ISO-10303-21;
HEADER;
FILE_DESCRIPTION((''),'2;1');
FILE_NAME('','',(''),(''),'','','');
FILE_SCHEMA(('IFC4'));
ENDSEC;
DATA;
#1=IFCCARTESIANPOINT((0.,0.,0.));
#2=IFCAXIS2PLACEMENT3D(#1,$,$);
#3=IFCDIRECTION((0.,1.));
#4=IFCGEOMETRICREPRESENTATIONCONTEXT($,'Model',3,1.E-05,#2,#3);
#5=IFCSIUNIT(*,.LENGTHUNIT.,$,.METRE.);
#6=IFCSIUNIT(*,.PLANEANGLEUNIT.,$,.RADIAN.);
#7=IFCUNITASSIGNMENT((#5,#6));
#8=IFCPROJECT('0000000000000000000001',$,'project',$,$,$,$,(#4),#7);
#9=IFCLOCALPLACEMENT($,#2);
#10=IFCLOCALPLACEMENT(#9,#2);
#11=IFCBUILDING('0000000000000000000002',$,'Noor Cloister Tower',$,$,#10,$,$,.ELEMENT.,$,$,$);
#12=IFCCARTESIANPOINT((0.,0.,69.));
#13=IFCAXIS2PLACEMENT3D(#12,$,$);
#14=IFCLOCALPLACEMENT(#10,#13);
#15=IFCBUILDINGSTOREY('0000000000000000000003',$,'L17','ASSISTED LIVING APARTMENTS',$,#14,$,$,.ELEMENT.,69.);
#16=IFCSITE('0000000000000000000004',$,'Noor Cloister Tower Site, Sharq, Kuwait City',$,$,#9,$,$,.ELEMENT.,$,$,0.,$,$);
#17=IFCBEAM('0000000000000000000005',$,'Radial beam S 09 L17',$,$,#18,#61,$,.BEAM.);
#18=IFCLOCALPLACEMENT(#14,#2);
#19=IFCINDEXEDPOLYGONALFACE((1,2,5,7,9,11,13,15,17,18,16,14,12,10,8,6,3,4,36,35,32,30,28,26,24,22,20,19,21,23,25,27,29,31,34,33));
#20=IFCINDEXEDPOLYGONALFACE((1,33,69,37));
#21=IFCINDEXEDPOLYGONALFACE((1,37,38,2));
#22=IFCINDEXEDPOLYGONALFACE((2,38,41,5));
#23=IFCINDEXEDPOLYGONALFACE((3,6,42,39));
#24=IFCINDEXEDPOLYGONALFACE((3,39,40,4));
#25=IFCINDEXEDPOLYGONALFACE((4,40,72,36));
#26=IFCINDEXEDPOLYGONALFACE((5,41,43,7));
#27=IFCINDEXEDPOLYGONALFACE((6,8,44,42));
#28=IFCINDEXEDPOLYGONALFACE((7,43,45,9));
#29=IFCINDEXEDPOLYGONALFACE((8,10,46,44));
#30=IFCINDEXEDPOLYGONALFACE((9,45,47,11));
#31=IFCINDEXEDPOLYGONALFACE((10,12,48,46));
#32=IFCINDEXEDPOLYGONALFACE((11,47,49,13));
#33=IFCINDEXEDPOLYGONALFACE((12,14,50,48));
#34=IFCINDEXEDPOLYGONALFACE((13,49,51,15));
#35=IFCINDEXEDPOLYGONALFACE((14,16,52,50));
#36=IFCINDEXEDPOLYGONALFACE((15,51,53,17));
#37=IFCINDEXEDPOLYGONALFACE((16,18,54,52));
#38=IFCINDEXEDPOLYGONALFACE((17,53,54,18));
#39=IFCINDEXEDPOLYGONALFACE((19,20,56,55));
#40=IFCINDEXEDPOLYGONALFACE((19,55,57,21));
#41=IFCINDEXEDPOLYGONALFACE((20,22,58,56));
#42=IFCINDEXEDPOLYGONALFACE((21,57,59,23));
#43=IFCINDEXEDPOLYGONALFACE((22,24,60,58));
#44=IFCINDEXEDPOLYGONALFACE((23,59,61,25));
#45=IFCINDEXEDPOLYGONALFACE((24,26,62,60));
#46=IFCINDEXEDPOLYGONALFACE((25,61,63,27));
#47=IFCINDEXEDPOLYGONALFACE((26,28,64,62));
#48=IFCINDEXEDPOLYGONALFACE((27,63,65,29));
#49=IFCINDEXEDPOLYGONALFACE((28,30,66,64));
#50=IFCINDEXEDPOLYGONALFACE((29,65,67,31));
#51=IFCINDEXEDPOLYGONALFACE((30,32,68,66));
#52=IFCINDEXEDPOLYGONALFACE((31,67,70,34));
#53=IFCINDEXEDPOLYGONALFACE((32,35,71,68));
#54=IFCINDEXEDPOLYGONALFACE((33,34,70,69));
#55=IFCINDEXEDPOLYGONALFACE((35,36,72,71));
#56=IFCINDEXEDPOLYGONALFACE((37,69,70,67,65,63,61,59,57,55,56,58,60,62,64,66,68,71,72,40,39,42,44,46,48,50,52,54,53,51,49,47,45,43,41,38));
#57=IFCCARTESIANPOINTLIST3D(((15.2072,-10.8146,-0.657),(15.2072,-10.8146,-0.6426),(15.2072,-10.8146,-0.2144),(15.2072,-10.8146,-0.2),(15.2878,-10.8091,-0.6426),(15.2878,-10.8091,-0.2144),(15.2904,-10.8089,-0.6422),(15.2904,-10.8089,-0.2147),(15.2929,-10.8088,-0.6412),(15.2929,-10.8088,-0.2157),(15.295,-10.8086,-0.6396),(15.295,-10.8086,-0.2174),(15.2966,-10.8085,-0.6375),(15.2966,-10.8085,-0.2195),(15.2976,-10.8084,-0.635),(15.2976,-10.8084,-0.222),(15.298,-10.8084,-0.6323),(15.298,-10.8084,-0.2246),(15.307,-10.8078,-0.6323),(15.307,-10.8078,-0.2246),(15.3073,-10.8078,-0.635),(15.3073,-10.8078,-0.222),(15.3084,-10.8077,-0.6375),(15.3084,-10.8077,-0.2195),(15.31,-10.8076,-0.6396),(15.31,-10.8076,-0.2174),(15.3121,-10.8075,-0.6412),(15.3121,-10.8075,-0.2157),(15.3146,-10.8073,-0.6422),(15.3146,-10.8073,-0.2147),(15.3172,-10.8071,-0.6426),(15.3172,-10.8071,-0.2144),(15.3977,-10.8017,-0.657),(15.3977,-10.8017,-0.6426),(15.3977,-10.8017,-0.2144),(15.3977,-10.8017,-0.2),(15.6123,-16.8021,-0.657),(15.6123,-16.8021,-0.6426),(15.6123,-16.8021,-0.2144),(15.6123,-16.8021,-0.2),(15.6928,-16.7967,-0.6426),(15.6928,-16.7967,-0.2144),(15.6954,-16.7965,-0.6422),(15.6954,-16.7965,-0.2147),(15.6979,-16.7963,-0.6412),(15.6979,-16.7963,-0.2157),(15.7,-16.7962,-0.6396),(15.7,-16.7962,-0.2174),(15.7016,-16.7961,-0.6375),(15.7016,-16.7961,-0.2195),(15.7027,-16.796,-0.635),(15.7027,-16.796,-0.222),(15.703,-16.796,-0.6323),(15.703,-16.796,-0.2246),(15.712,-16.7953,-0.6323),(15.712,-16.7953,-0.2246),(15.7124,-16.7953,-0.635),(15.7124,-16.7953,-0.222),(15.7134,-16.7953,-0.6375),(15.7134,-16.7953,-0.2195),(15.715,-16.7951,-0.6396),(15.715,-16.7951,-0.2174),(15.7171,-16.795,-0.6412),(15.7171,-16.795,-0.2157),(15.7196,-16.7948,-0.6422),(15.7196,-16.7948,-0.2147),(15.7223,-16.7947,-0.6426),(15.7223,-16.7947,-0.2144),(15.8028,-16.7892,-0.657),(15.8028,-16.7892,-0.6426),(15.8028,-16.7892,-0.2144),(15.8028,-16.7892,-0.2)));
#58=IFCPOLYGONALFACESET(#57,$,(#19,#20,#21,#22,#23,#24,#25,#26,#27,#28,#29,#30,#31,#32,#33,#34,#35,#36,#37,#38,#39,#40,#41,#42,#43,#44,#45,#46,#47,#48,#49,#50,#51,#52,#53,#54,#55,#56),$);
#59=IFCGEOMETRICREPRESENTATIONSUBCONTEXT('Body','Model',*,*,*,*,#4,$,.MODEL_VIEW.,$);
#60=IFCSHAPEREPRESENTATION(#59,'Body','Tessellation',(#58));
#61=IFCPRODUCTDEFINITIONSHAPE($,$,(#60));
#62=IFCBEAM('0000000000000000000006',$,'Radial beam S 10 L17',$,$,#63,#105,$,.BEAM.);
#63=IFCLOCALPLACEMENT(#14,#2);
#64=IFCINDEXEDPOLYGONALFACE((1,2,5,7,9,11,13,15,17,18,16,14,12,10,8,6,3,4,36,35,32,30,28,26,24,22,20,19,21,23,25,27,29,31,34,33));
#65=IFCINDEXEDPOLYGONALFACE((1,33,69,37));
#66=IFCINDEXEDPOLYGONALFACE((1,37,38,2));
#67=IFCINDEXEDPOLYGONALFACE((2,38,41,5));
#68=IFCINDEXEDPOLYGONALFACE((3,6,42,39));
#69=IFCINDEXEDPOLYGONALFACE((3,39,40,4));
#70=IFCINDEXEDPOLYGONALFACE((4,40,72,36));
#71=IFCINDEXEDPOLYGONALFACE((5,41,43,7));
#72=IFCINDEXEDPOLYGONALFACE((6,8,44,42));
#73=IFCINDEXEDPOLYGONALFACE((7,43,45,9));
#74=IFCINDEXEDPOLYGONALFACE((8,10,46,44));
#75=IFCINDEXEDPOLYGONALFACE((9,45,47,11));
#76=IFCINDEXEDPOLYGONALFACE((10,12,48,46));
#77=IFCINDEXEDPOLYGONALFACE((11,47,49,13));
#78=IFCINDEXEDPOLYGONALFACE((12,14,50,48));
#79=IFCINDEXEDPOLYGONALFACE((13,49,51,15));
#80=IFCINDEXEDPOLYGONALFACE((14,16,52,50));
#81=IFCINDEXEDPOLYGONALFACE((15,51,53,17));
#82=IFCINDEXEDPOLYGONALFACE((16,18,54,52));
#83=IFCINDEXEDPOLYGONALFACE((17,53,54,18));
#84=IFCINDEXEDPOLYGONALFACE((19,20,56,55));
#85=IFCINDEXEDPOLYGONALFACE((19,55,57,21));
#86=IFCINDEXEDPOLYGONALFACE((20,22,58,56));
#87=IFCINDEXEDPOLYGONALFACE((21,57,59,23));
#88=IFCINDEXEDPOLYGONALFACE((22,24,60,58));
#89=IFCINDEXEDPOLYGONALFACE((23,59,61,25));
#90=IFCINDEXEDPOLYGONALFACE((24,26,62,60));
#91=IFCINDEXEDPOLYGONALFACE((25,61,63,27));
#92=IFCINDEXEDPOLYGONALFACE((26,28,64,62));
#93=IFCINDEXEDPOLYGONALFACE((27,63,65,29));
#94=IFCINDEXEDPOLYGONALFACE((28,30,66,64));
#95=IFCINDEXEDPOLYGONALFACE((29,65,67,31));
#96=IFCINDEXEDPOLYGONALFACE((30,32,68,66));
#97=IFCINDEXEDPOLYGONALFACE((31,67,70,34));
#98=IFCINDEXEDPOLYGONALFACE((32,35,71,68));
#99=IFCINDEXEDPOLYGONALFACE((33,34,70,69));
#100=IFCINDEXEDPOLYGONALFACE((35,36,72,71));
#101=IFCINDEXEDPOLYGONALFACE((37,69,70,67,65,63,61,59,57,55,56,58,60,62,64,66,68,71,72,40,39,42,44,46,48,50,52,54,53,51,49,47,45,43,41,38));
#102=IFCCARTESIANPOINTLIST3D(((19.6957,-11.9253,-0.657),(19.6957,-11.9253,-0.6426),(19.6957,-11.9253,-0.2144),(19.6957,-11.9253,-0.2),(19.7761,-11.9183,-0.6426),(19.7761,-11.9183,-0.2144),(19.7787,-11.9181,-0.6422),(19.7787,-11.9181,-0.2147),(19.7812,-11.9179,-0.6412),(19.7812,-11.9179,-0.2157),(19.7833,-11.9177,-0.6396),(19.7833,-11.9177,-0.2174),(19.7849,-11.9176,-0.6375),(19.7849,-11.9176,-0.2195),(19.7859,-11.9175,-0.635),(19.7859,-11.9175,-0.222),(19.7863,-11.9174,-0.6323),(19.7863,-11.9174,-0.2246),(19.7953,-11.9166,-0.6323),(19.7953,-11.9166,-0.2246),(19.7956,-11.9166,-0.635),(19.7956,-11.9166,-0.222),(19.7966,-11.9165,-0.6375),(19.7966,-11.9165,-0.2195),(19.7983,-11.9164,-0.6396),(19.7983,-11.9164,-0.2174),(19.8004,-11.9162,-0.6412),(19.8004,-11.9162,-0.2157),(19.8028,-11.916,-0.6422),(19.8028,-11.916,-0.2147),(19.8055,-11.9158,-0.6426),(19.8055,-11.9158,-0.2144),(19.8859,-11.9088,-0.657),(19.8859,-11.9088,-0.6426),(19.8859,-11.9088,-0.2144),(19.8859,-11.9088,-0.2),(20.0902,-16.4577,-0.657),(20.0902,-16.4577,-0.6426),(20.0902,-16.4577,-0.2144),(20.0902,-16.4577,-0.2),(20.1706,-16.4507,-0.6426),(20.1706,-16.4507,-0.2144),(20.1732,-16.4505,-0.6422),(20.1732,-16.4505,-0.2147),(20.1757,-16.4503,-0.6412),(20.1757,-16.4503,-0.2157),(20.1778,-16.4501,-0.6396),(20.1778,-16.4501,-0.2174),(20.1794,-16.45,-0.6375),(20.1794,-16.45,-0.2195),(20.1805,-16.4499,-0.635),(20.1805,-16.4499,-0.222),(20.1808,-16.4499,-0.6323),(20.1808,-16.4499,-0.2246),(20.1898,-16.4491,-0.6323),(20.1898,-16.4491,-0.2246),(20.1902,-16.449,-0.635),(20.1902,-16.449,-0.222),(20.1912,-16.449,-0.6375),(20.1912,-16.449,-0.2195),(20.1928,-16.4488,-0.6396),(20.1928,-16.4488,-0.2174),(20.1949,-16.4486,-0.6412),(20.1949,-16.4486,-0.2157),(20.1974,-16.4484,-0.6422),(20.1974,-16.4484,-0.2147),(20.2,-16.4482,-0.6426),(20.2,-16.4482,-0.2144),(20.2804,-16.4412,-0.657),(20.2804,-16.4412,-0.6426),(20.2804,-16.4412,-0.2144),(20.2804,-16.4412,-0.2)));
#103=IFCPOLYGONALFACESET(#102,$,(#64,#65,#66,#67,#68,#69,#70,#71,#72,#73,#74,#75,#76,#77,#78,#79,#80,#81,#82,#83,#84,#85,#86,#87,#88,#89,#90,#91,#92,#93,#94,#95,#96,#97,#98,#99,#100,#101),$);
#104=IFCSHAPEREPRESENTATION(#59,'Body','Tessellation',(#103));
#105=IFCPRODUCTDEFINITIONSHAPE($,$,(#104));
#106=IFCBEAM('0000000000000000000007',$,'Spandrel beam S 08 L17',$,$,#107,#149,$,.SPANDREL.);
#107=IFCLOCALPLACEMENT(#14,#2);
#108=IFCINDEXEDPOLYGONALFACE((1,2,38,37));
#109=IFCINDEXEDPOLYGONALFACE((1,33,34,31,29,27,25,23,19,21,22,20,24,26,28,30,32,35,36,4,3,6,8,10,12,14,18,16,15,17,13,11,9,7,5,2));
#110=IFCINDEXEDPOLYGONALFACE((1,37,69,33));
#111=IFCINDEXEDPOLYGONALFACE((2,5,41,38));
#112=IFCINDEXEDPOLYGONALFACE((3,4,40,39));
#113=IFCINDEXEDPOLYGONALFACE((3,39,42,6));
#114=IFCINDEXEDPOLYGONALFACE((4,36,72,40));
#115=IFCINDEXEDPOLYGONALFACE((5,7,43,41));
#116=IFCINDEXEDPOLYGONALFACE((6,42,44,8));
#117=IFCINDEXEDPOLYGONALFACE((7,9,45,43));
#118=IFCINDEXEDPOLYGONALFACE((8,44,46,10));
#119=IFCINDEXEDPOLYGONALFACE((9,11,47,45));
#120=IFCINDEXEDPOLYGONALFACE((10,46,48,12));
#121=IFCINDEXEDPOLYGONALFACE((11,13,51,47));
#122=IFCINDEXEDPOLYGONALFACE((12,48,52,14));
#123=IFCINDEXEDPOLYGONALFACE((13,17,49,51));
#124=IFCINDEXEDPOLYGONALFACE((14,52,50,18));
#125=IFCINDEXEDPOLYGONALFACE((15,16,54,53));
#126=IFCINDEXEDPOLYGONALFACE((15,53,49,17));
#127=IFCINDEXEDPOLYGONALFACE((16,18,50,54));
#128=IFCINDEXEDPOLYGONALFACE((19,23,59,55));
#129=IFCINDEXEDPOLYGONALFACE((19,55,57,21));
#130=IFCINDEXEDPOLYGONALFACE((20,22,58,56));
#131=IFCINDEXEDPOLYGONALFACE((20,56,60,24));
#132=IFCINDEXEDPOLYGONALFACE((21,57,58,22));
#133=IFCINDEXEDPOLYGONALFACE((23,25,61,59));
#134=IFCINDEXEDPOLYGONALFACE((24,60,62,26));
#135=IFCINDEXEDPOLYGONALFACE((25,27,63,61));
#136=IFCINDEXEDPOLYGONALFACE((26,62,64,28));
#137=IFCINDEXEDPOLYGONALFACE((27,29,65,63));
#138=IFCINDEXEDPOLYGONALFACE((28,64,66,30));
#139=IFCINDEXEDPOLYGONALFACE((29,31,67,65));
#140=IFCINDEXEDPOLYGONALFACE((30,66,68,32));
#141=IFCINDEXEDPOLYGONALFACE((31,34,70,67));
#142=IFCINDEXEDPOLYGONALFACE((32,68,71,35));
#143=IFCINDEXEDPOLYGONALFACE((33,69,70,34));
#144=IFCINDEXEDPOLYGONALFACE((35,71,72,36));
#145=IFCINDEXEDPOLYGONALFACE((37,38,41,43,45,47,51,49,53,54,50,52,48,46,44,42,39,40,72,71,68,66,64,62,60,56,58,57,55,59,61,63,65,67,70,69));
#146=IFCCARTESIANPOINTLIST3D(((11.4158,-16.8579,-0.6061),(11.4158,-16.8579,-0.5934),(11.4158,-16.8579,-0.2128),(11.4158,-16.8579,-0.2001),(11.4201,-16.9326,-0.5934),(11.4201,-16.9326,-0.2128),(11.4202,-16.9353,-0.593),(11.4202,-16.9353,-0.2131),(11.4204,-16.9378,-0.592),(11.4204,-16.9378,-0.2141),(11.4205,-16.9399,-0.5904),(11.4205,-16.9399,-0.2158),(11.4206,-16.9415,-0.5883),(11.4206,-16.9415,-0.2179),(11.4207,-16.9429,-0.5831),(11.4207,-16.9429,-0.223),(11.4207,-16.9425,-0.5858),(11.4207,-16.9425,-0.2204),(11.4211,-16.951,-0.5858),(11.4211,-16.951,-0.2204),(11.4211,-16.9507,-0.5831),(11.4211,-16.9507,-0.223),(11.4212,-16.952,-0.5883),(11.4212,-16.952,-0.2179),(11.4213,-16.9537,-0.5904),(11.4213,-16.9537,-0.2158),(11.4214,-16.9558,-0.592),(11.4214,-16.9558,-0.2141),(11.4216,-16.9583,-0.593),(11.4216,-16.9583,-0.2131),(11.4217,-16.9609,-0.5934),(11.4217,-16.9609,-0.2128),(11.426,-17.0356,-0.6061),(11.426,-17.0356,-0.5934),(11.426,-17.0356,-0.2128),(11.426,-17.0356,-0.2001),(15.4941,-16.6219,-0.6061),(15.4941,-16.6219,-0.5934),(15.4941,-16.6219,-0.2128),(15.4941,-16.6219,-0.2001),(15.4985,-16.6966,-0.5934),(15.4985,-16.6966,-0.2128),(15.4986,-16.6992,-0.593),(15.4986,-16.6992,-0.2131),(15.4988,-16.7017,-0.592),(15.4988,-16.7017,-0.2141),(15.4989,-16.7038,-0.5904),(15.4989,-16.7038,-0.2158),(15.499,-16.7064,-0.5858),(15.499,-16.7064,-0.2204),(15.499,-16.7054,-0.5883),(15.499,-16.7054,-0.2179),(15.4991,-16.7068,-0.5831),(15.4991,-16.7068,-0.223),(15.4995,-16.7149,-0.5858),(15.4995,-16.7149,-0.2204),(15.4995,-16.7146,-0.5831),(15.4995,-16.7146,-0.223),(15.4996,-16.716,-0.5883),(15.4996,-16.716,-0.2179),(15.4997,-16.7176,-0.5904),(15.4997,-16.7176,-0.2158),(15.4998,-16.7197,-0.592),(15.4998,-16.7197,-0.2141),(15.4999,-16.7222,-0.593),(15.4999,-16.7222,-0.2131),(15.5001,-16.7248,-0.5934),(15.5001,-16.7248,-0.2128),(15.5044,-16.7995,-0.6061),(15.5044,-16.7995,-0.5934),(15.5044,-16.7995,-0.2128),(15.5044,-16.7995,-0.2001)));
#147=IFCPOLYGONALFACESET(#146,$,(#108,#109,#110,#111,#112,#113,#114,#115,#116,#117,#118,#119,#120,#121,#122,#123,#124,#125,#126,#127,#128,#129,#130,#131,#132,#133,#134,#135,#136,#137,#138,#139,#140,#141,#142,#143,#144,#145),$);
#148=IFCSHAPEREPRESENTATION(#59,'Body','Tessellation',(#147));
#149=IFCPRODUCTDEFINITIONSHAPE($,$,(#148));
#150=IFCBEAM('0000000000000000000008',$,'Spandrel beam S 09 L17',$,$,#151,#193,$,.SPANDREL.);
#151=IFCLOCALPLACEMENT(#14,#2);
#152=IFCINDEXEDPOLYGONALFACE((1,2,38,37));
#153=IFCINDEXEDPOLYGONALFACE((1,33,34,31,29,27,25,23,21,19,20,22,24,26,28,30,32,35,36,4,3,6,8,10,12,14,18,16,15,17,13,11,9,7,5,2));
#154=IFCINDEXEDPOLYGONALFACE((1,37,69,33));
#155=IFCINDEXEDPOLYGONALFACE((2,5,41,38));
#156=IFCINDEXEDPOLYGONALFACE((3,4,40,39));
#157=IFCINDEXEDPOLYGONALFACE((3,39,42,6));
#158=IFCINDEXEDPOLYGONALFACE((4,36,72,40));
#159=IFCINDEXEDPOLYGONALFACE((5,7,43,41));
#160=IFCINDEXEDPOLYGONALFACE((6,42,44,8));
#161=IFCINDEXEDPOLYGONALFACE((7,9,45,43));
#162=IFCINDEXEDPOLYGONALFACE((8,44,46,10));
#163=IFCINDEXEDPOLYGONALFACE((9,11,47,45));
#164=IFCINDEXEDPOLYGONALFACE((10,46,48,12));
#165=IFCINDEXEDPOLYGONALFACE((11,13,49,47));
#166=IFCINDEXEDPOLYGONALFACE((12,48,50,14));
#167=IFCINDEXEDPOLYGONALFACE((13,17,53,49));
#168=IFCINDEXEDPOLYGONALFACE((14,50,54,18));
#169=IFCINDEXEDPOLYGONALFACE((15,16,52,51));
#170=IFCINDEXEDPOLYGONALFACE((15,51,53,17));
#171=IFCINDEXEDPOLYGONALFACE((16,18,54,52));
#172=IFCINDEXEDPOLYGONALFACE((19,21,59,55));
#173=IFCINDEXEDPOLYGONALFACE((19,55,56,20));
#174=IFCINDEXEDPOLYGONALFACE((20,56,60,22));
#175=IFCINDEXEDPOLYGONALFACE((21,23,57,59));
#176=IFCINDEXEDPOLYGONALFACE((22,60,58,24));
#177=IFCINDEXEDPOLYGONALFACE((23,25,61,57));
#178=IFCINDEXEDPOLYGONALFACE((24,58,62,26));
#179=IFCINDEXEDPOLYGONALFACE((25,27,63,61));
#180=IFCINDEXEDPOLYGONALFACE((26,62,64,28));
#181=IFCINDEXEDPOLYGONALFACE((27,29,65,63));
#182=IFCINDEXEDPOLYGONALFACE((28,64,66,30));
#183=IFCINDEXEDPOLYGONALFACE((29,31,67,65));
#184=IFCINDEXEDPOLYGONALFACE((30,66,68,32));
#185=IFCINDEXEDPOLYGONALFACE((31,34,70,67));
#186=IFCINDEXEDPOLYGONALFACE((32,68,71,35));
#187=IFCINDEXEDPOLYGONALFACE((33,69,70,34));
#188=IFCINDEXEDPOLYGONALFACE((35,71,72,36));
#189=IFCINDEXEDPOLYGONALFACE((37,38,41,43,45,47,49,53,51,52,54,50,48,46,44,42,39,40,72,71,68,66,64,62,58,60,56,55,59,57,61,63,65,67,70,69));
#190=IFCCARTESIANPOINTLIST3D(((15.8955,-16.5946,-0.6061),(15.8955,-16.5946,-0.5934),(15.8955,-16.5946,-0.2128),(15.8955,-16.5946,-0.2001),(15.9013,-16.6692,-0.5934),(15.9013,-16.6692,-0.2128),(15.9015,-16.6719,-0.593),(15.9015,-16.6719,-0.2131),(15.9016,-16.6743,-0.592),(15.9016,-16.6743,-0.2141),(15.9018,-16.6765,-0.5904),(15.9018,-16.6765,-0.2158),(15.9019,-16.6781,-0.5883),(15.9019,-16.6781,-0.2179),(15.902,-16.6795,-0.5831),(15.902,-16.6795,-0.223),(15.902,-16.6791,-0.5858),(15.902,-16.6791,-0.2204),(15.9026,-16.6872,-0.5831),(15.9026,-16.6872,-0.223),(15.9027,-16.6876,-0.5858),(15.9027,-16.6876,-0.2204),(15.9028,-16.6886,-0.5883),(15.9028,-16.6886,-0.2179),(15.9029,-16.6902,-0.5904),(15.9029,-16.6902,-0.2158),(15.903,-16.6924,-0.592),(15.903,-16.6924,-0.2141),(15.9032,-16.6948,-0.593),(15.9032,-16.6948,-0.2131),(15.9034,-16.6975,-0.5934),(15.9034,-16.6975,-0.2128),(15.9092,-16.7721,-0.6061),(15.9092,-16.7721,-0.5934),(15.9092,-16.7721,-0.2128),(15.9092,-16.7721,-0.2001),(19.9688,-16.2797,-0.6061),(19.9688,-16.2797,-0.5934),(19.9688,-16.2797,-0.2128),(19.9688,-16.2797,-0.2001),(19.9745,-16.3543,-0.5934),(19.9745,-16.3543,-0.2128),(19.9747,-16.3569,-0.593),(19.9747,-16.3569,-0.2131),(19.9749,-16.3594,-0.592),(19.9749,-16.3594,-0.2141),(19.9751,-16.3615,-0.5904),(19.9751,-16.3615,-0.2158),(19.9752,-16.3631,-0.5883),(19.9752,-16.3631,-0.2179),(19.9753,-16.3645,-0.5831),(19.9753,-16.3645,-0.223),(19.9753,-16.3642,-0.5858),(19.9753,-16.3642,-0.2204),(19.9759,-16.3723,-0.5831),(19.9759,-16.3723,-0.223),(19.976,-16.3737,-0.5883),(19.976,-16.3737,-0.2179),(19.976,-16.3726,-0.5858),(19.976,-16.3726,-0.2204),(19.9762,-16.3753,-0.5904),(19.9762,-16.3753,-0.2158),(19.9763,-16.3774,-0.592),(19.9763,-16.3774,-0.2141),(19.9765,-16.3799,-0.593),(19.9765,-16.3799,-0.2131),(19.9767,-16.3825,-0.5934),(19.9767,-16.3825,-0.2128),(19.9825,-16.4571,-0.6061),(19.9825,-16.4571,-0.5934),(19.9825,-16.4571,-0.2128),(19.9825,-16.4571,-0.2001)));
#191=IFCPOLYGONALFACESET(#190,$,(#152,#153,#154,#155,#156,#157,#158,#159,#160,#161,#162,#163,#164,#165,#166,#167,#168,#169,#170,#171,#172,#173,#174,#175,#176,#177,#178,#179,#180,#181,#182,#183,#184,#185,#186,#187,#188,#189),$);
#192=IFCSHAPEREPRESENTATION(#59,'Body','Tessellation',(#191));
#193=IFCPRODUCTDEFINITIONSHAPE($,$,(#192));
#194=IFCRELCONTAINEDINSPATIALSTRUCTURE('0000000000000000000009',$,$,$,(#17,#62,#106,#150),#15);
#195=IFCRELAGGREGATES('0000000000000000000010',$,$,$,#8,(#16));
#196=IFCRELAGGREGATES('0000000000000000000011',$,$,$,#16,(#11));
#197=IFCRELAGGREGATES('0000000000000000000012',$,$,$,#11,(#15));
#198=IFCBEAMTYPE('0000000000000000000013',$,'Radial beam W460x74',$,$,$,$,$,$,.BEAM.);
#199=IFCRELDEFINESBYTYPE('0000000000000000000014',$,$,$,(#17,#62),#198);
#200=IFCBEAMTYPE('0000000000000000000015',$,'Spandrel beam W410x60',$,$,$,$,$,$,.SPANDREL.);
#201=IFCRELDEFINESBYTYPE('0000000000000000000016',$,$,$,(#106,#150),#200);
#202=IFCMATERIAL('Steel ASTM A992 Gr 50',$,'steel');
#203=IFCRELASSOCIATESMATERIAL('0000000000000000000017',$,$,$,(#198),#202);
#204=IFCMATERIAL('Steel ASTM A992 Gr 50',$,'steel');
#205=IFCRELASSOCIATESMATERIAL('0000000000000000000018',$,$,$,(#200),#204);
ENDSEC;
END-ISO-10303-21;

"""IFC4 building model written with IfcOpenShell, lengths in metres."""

from ifc_helpers import new_model, si_unit, direction, frame, origin, origin_2d, place, context, subcontext, project, spatial, i_section, extrude, material, material_profile, profile_set, type_object, element, save


model = new_model("IFC4")

# Units and contexts
model_context = context("Model", 3, precision=1e-05, world=origin(), true_north=direction((0.0, 1.0)))
body_context = subcontext(model_context, "Body", "Model", "MODEL_VIEW")
ifc_project = project(units=[si_unit("LENGTHUNIT", "METRE"), si_unit("PLANEANGLEUNIT", "RADIAN")], contexts=[model_context])

# Site, building, storey
site_placement = place(None, origin())
site = spatial("IfcSite", under=ifc_project, at=site_placement, Name="Noor Cloister Tower Site, Sharq, Kuwait City", CompositionType="ELEMENT", RefElevation=0.0)
building_placement = place(site_placement, origin())
building = spatial("IfcBuilding", under=site, at=building_placement, Name="Noor Cloister Tower", CompositionType="ELEMENT")
storey_placement = place(building_placement, frame((0.0, 0.0, 69.0)))
storey = spatial("IfcBuildingStorey", under=building, at=storey_placement, Name="L17", Description="ASSISTED LIVING APARTMENTS", CompositionType="ELEMENT", Elevation=69.0)

# Beams
ifc_material_1 = material(Name="Steel ASTM A992 Gr 50", Category="steel")
ifc_material_profile_1 = material_profile(ifc_material_1, i_section(OverallWidth=0.1909, OverallDepth=0.457, WebThickness=0.009, FlangeThickness=0.0144, FilletRadius=0.0103, at=origin_2d()), Name="W460x74")
ifc_profile_set_1 = profile_set([ifc_material_profile_1], Name="Steel ASTM A992 Gr 50")
beam_type_1 = type_object("IfcBeamType", Name="Radial beam W460x74", PredefinedType="BEAM", material=ifc_profile_set_1)
beam_1_placement = place(storey_placement, frame((15.7075, -16.7957, -0.4285), z_axis=(-0.067491, 0.99772, 0.0), x_axis=(-0.99772, -0.067491, 0.0)))
element("IfcBeam", 1, at=beam_1_placement, inside=storey, type_object=beam_type_1, Name="Radial beam S 09 L17", PredefinedType="BEAM", context=body_context, shape_type="SweptSolid", body=[
    extrude(i_section(OverallWidth=0.1909, OverallDepth=0.457, WebThickness=0.009, FlangeThickness=0.0144, FilletRadius=0.0103, at=origin_2d()), origin(), (0.0, 0.0, 1.0), 6.0012),
])
beam_2_placement = place(storey_placement, frame((20.1853, -16.4495, -0.4285), z_axis=(-0.086718, 0.996233, 0.0), x_axis=(-0.996233, -0.086718, 0.0)))
element("IfcBeam", 2, at=beam_2_placement, inside=storey, type_object=beam_type_1, Name="Radial beam S 10 L17", PredefinedType="BEAM", context=body_context, shape_type="SweptSolid", body=[
    extrude(i_section(OverallWidth=0.1909, OverallDepth=0.457, WebThickness=0.009, FlangeThickness=0.0144, FilletRadius=0.0103, at=origin_2d()), origin(), (0.0, 0.0, 1.0), 4.5496),
])
ifc_material_2 = material(Name="Steel ASTM A992 Gr 50", Category="steel")
ifc_material_profile_2 = material_profile(ifc_material_2, i_section(OverallWidth=0.178, OverallDepth=0.406, WebThickness=0.0078, FlangeThickness=0.0127, FilletRadius=0.0103, at=origin_2d()), Name="W410x60")
ifc_profile_set_2 = profile_set([ifc_material_profile_2], Name="Steel ASTM A992 Gr 50")
beam_type_2 = type_object("IfcBeamType", Name="Spandrel beam W410x60", PredefinedType="SPANDREL", material=ifc_profile_set_2)
beam_3_placement = place(storey_placement, frame((11.4209, -16.9468, -0.4031), z_axis=(0.998329, 0.05779, 0.0), x_axis=(-0.05779, 0.998329, 0.0)))
element("IfcBeam", 3, at=beam_3_placement, inside=storey, type_object=beam_type_2, Name="Spandrel beam S 08 L17", PredefinedType="SPANDREL", context=body_context, shape_type="SweptSolid", body=[
    extrude(i_section(OverallWidth=0.178, OverallDepth=0.406, WebThickness=0.0078, FlangeThickness=0.0127, FilletRadius=0.0103, at=origin_2d()), origin(), (0.0, 0.0, 1.0), 4.0852),
])
beam_4_placement = place(storey_placement, frame((15.9023, -16.6833, -0.4031), z_axis=(0.997024, 0.077089, 0.0), x_axis=(-0.077089, 0.997024, 0.0)))
element("IfcBeam", 4, at=beam_4_placement, inside=storey, type_object=beam_type_2, Name="Spandrel beam S 09 L17", PredefinedType="SPANDREL", context=body_context, shape_type="SweptSolid", body=[
    extrude(i_section(OverallWidth=0.178, OverallDepth=0.406, WebThickness=0.0078, FlangeThickness=0.0127, FilletRadius=0.0103, at=origin_2d()), origin(), (0.0, 0.0, 1.0), 4.0854),
])

save(model, "model.ifc")
